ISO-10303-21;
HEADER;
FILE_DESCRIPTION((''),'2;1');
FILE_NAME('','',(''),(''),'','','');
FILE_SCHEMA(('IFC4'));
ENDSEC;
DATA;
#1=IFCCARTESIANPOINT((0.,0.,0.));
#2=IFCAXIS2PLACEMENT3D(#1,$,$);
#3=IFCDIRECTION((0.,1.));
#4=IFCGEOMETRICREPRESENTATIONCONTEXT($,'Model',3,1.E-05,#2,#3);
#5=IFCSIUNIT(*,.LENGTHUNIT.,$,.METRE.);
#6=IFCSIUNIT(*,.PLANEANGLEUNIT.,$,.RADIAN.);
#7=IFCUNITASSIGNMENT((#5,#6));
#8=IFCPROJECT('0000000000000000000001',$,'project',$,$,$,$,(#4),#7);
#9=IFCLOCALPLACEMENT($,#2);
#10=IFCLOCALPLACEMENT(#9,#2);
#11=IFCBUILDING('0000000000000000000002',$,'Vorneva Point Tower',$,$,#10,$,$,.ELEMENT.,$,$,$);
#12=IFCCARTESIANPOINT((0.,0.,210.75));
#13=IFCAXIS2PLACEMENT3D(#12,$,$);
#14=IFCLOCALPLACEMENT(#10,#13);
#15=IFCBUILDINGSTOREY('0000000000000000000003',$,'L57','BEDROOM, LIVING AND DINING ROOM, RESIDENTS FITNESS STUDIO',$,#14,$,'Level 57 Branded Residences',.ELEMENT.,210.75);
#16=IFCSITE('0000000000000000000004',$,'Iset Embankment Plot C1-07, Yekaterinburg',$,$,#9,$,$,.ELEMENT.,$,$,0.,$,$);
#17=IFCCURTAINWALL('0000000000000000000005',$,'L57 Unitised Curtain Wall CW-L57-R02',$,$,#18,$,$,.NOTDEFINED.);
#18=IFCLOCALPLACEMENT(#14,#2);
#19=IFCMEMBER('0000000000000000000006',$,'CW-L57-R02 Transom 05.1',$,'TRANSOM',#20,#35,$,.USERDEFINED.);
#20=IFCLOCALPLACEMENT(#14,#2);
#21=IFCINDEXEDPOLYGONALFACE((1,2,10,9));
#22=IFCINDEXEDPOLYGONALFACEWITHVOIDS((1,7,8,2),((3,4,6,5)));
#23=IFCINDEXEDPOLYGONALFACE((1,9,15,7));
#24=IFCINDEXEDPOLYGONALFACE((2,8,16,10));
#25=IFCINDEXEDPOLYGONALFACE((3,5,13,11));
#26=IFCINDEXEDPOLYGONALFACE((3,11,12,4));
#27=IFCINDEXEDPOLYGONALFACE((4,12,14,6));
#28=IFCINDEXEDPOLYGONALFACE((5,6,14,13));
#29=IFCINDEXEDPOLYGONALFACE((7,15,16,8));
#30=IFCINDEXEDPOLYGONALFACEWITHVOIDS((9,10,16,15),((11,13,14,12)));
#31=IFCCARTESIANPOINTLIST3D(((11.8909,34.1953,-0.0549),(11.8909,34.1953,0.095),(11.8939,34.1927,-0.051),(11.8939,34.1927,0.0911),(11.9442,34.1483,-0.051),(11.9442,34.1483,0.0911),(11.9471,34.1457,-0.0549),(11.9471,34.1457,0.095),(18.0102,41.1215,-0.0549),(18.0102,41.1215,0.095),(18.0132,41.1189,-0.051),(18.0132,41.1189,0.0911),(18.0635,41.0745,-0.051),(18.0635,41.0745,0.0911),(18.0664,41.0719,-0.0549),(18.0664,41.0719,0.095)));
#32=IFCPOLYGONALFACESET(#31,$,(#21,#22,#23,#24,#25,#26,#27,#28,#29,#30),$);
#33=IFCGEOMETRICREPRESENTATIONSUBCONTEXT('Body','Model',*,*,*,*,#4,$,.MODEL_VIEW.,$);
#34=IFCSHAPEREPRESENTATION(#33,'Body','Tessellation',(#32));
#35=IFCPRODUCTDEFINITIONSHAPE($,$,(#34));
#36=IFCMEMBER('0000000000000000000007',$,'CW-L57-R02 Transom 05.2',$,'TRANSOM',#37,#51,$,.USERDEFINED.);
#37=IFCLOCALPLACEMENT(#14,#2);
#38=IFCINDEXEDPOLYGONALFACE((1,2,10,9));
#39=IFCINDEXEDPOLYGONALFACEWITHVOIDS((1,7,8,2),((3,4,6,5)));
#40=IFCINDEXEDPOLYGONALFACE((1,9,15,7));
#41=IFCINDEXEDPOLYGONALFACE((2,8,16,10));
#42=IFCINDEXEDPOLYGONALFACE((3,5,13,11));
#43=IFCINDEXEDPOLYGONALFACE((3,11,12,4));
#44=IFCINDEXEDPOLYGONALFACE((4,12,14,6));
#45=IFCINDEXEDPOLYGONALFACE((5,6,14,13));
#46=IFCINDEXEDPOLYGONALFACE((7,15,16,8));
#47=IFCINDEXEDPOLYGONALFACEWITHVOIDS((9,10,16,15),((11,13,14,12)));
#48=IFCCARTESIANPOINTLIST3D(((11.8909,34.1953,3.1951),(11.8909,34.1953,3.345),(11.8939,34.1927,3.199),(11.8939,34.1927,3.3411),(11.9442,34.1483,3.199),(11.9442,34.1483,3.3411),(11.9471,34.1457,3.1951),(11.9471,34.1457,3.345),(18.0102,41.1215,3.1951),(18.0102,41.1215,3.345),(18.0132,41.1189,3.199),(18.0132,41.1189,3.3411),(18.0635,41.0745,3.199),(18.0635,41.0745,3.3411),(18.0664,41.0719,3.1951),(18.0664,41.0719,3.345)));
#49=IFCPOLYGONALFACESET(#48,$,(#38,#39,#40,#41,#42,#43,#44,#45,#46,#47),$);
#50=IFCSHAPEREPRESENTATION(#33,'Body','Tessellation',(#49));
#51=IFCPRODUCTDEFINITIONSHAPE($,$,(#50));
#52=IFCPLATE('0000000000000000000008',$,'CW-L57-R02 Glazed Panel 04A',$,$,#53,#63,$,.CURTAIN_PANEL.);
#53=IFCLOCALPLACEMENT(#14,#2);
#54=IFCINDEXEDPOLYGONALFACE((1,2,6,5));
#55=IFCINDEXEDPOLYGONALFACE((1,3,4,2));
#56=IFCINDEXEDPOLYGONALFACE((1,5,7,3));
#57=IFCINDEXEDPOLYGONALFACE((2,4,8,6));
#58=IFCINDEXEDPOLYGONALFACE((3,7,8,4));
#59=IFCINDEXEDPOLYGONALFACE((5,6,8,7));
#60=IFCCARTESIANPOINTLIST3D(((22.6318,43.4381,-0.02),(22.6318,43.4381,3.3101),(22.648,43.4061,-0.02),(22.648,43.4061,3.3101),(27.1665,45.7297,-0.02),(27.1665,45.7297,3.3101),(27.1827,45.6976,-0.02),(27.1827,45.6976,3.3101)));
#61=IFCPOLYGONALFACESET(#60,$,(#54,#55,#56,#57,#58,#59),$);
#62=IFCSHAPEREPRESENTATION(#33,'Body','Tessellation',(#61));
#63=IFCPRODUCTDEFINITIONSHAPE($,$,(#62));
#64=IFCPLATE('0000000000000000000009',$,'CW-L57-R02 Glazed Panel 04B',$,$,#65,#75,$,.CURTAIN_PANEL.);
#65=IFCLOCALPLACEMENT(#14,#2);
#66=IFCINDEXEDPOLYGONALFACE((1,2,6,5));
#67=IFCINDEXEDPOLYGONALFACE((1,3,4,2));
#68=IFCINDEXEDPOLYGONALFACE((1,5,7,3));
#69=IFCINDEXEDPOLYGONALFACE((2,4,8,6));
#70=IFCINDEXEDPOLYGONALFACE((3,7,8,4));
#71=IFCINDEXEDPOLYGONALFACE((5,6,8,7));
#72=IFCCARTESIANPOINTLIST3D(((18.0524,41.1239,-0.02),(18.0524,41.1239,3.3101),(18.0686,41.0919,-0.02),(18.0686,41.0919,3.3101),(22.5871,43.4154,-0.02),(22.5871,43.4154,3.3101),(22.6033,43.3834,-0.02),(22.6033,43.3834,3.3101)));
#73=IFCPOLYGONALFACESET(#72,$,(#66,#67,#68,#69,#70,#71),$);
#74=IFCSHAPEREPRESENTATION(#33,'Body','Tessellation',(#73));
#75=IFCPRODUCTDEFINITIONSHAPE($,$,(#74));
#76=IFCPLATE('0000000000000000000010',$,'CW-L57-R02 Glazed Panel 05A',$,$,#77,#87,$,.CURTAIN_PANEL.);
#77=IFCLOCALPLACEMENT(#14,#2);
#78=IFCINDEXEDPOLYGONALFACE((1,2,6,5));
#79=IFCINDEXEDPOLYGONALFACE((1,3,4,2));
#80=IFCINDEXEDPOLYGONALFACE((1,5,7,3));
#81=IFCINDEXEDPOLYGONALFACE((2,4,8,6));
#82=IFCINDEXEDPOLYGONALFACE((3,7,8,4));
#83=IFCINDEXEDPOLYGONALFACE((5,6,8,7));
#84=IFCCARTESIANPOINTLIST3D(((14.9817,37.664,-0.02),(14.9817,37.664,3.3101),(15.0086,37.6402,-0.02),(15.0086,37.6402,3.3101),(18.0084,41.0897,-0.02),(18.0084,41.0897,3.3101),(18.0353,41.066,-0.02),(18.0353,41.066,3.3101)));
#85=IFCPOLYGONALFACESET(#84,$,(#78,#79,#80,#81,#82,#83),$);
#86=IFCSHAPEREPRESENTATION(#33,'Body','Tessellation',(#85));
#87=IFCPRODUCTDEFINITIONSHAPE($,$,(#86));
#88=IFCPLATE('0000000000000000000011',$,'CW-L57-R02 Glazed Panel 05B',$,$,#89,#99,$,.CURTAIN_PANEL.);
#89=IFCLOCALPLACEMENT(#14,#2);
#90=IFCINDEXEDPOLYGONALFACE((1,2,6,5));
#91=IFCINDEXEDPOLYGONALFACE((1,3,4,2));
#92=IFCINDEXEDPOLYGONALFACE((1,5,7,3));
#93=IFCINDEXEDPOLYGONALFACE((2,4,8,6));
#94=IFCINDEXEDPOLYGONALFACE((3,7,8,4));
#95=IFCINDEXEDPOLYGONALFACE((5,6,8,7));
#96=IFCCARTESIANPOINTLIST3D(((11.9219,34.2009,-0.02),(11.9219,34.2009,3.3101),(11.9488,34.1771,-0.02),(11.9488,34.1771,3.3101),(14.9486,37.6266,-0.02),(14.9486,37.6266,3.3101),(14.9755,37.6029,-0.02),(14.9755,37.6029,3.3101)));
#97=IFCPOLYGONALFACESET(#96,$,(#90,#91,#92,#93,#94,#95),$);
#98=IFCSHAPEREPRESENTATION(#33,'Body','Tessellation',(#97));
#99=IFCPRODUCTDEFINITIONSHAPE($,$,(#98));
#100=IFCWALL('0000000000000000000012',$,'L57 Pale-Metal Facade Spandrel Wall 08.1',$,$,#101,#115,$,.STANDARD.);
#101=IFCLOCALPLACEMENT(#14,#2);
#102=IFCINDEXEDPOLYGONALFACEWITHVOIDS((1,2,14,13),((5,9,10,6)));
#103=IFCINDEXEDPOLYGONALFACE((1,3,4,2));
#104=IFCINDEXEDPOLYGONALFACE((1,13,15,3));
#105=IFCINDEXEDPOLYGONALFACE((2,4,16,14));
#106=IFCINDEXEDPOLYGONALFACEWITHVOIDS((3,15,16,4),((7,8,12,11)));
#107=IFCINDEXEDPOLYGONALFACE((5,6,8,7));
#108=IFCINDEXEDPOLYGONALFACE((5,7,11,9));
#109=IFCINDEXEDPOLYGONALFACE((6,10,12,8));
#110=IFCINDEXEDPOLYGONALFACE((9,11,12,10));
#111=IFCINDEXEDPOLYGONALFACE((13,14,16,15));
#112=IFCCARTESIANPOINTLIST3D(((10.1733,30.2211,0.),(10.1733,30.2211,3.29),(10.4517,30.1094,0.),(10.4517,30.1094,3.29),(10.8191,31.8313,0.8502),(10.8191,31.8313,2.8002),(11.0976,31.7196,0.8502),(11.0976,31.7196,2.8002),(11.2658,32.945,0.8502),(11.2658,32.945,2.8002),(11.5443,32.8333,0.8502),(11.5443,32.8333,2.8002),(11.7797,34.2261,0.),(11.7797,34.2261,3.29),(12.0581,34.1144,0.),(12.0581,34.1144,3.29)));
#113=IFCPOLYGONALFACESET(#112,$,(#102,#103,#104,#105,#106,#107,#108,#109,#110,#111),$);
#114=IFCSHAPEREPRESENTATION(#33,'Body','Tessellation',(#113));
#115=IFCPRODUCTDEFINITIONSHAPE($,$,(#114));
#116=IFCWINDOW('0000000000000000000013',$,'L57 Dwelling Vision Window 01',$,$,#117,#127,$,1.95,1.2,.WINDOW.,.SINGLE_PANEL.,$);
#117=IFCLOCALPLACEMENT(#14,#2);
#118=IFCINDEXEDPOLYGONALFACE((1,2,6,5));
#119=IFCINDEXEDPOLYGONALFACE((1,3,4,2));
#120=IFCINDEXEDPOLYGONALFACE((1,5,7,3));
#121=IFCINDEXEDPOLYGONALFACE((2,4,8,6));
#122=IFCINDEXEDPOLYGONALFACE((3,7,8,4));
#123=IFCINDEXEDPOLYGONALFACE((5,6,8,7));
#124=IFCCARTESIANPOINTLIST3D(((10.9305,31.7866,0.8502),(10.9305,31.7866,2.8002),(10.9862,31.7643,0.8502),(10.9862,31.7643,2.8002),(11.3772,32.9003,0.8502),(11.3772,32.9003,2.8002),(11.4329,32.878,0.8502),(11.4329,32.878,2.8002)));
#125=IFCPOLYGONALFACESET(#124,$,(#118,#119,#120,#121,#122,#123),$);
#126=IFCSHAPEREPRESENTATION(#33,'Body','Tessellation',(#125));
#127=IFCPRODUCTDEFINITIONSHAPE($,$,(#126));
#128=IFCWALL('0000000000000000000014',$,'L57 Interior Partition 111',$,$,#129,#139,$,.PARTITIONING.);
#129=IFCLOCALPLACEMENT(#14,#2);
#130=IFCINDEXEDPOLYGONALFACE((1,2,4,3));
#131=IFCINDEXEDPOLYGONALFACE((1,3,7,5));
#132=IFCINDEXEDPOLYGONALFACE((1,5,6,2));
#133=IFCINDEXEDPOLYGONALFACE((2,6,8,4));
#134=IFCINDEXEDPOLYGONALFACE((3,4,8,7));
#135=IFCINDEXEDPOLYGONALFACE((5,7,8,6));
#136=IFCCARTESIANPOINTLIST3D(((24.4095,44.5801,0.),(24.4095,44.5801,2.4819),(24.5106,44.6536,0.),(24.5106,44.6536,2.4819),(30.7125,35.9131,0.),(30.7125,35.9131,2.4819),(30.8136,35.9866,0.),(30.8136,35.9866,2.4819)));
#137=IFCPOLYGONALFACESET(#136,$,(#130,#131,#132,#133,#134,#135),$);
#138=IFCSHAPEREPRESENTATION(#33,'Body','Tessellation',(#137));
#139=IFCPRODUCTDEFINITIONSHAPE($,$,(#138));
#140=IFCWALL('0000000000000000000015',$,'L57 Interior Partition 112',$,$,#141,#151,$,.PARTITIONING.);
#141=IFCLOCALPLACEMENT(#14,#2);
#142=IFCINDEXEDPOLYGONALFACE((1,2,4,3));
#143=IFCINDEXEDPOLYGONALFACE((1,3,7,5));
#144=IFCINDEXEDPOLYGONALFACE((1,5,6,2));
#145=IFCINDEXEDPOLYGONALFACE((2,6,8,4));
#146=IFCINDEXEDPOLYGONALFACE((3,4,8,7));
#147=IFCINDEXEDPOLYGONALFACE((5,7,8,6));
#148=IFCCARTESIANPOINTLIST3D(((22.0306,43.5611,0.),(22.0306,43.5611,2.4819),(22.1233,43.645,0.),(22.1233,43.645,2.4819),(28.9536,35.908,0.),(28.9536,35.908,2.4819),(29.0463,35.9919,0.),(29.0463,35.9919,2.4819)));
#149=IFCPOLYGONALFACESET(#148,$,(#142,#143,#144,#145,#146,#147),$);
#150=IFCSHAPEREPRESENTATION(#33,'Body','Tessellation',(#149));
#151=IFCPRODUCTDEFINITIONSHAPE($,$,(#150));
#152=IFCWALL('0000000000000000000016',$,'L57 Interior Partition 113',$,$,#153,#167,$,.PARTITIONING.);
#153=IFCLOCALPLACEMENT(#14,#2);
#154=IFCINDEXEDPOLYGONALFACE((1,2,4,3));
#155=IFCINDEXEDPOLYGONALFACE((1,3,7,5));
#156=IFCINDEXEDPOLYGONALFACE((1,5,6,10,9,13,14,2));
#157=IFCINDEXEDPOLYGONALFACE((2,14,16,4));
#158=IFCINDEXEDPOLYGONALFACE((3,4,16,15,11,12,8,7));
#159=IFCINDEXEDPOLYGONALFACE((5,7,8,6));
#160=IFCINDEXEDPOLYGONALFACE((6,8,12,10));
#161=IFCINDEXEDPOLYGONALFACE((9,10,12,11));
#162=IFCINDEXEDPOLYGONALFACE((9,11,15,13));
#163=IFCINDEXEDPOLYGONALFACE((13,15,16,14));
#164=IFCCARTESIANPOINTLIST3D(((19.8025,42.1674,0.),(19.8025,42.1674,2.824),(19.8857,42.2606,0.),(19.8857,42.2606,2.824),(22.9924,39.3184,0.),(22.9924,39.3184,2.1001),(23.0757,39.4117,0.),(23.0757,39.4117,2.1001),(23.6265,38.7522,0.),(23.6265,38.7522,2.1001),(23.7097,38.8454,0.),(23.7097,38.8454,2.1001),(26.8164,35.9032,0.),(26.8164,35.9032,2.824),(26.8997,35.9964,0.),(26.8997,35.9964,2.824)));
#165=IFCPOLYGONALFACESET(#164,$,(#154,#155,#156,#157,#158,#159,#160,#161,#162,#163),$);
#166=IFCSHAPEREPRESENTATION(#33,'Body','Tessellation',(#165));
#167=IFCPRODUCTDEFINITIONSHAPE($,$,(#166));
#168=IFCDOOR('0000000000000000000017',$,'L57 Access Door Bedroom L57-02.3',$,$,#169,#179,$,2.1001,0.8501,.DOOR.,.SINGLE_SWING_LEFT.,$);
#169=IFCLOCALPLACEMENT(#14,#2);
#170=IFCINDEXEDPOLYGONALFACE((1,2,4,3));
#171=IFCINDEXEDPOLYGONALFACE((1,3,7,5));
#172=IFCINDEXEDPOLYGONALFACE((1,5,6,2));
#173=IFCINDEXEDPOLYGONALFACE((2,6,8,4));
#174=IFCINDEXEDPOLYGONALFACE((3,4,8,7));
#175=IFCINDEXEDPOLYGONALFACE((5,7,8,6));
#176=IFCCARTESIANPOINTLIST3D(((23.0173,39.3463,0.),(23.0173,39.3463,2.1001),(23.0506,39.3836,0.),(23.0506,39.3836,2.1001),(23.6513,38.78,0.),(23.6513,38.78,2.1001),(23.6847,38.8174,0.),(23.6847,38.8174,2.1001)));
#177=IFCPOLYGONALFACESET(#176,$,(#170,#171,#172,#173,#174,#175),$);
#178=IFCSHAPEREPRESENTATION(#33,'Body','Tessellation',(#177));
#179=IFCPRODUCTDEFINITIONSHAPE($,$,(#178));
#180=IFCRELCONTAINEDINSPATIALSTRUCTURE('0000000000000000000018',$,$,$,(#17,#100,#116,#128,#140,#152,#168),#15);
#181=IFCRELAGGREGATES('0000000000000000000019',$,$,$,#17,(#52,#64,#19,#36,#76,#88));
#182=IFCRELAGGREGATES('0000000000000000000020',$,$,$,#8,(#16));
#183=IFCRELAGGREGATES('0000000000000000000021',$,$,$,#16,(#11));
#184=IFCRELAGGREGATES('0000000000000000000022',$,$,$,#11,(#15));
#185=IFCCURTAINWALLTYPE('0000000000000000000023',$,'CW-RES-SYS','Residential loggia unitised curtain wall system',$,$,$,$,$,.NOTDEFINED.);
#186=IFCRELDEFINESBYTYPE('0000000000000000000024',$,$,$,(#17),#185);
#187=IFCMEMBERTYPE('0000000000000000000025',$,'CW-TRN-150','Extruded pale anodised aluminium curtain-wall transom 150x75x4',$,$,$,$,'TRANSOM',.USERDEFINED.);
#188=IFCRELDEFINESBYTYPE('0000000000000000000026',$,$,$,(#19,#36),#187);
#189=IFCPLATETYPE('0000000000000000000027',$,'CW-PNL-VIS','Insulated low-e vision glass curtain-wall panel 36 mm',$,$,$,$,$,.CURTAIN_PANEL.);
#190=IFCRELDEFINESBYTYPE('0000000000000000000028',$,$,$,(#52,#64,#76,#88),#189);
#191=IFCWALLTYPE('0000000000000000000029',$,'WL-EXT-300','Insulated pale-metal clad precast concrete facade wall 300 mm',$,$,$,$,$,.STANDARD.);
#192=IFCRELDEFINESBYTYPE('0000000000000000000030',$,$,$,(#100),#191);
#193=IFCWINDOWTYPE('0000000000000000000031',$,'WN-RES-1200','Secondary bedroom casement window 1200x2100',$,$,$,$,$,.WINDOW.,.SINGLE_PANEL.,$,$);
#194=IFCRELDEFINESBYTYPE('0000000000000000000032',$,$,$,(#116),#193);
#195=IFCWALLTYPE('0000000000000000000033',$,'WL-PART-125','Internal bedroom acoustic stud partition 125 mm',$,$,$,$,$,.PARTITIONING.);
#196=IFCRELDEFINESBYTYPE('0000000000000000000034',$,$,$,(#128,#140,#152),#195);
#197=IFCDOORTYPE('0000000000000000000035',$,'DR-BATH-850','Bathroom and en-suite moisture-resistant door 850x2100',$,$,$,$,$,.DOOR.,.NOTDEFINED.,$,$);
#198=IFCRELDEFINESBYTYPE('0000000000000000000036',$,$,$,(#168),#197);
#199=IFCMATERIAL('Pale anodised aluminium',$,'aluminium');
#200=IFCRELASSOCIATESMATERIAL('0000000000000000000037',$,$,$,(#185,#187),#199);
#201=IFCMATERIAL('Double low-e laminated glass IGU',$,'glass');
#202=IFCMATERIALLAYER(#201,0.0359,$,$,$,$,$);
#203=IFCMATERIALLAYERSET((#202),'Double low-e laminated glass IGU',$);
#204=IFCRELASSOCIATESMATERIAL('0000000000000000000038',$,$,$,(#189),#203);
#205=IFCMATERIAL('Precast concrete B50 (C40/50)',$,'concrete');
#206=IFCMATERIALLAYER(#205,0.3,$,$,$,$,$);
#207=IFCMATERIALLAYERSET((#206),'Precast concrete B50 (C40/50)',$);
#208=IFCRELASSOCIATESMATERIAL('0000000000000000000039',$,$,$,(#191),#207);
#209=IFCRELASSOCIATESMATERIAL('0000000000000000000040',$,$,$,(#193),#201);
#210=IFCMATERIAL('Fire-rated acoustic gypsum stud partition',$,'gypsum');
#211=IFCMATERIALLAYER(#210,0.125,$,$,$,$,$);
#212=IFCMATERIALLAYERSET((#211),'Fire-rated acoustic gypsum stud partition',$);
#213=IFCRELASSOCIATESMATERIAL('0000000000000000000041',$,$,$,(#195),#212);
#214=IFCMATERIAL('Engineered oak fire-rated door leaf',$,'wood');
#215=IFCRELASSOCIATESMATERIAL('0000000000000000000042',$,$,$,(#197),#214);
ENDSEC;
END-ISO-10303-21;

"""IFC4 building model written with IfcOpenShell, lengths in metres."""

from ifc_helpers import new_model, si_unit, direction, frame, frame_2d, origin, origin_2d, place, context, subcontext, project, spatial, rectangle, hollow_rectangle, extrude, material, layer, layer_set, material_profile, profile_set, type_object, element, fill, aggregate, save


model = new_model("IFC4")

# Units and contexts
model_context = context("Model", 3, precision=1e-05, world=origin(), true_north=direction((0.0, 1.0)))
body_context = subcontext(model_context, "Body", "Model", "MODEL_VIEW")
ifc_project = project(units=[si_unit("LENGTHUNIT", "METRE"), si_unit("PLANEANGLEUNIT", "RADIAN")], contexts=[model_context])

# Site, building, storey
site_placement = place(None, origin())
site = spatial("IfcSite", under=ifc_project, at=site_placement, Name="Iset Embankment Plot C1-07, Yekaterinburg", CompositionType="ELEMENT", RefElevation=0.0)
building_placement = place(site_placement, origin())
building = spatial("IfcBuilding", under=site, at=building_placement, Name="Vorneva Point Tower", CompositionType="ELEMENT")
storey_placement = place(building_placement, frame((0.0, 0.0, 210.75)))
storey = spatial("IfcBuildingStorey", under=building, at=storey_placement, Name="L57", Description="BEDROOM, LIVING AND DINING ROOM, RESIDENTS FITNESS STUDIO", LongName="Level 57 Branded Residences", CompositionType="ELEMENT", Elevation=210.75)

# Curtain wall, members, plates
ifc_material_1 = material(Name="Pale anodised aluminium", Category="aluminium")
curtain_wall_type = type_object("IfcCurtainWallType", Name="CW-RES-SYS", Description="Residential loggia unitised curtain wall system", PredefinedType="NOTDEFINED", material=ifc_material_1)
curtain_wall_placement = place(storey_placement, origin())
curtain_wall = element("IfcCurtainWall", 1, at=curtain_wall_placement, inside=storey, type_object=curtain_wall_type, Name="L57 Unitised Curtain Wall CW-L57-R02", PredefinedType="NOTDEFINED")
ifc_material_profile_1 = material_profile(ifc_material_1, hollow_rectangle(XDim=0.075, YDim=0.1499, WallThickness=0.0039, at=origin_2d()), Name="AL-TRN 150x75x4")
ifc_profile_set_1 = profile_set([ifc_material_profile_1], Name="Pale anodised aluminium")
member_type_1 = type_object("IfcMemberType", Name="CW-TRN-150", Description="Extruded pale anodised aluminium curtain-wall transom 150x75x4", ElementType="TRANSOM", PredefinedType="USERDEFINED", material=ifc_profile_set_1)
member_1_placement = place(storey_placement, frame((18.0383, 41.0967, 0.02), z_axis=(-0.662106, -0.74941, 0.0), x_axis=(0.74941, -0.662106, 0.0)))
member_1 = element("IfcMember", 2, at=member_1_placement, type_object=member_type_1, Name="CW-L57-R02 Transom 05.1", ObjectType="TRANSOM", PredefinedType="USERDEFINED", context=body_context, shape_type="SweptSolid", body=[
    extrude(hollow_rectangle(XDim=0.075, YDim=0.1499, WallThickness=0.0039, at=origin_2d()), origin(), (0.0, 0.0, 1.0), 9.2422),
])
member_2_placement = place(storey_placement, frame((18.0383, 41.0967, 3.27), z_axis=(-0.662106, -0.74941, 0.0), x_axis=(0.74941, -0.662106, 0.0)))
member_2 = element("IfcMember", 3, at=member_2_placement, type_object=member_type_1, Name="CW-L57-R02 Transom 05.2", ObjectType="TRANSOM", PredefinedType="USERDEFINED", context=body_context, shape_type="SweptSolid", body=[
    extrude(hollow_rectangle(XDim=0.075, YDim=0.1499, WallThickness=0.0039, at=origin_2d()), origin(), (0.0, 0.0, 1.0), 9.2422),
])
ifc_material_2 = material(Name="Double low-e laminated glass IGU", Category="glass")
ifc_layer_1 = layer(ifc_material_2, 0.0359)
ifc_layer_set_1 = layer_set([ifc_layer_1], Name="Double low-e laminated glass IGU")
plate_type = type_object("IfcPlateType", Name="CW-PNL-VIS", Description="Insulated low-e vision glass curtain-wall panel 36 mm", PredefinedType="CURTAIN_PANEL", material=ifc_layer_set_1)
plate_1_placement = place(storey_placement, frame((24.9072, 44.5679, -0.02), z_axis=(0.0, 0.0, 1.0), x_axis=(-0.892515, -0.451018, 0.0)))
plate_1 = element("IfcPlate", 4, at=plate_1_placement, type_object=plate_type, Name="CW-L57-R02 Glazed Panel 04A", PredefinedType="CURTAIN_PANEL", context=body_context, shape_type="SweptSolid", body=[
    extrude(rectangle(XDim=5.0808, YDim=0.0359, at=origin_2d()), origin(), (0.0, 0.0, 1.0), 3.3301),
])
plate_2_placement = place(storey_placement, frame((20.3279, 42.2537, -0.02), z_axis=(0.0, 0.0, 1.0), x_axis=(-0.892515, -0.451018, 0.0)))
plate_2 = element("IfcPlate", 5, at=plate_2_placement, type_object=plate_type, Name="CW-L57-R02 Glazed Panel 04B", PredefinedType="CURTAIN_PANEL", context=body_context, shape_type="SweptSolid", body=[
    extrude(rectangle(XDim=5.0808, YDim=0.0359, at=origin_2d()), origin(), (0.0, 0.0, 1.0), 3.3301),
])
plate_3_placement = place(storey_placement, frame((16.5085, 39.365, -0.02), z_axis=(0.0, 0.0, 1.0), x_axis=(-0.66211, -0.749407, 0.0)))
plate_3 = element("IfcPlate", 6, at=plate_3_placement, type_object=plate_type, Name="CW-L57-R02 Glazed Panel 05A", PredefinedType="CURTAIN_PANEL", context=body_context, shape_type="SweptSolid", body=[
    extrude(rectangle(XDim=4.5713, YDim=0.0359, at=origin_2d()), origin(), (0.0, 0.0, 1.0), 3.3301),
])
plate_4_placement = place(storey_placement, frame((13.4487, 35.9019, -0.02), z_axis=(0.0, 0.0, 1.0), x_axis=(-0.66211, -0.749407, 0.0)))
plate_4 = element("IfcPlate", 7, at=plate_4_placement, type_object=plate_type, Name="CW-L57-R02 Glazed Panel 05B", PredefinedType="CURTAIN_PANEL", context=body_context, shape_type="SweptSolid", body=[
    extrude(rectangle(XDim=4.5713, YDim=0.0359, at=origin_2d()), origin(), (0.0, 0.0, 1.0), 3.3301),
])
aggregate(curtain_wall, [plate_1, plate_2, member_1, member_2, plate_3, plate_4])

# Wall, opening, window
ifc_material_3 = material(Name="Precast concrete B50 (C40/50)", Category="concrete")
ifc_layer_2 = layer(ifc_material_3, 0.3)
ifc_layer_set_2 = layer_set([ifc_layer_2], Name="Precast concrete B50 (C40/50)")
wall_type_1 = type_object("IfcWallType", Name="WL-EXT-300", Description="Insulated pale-metal clad precast concrete facade wall 300 mm", PredefinedType="STANDARD", material=ifc_layer_set_2)
wall_1_placement = place(storey_placement, frame((11.9189, 34.1704, 0.0), z_axis=(0.0, 0.0, 1.0), x_axis=(-0.372268, -0.928125, 0.0)))
wall_1 = element("IfcWall", 8, at=wall_1_placement, inside=storey, type_object=wall_type_1, Name="L57 Pale-Metal Facade Spandrel Wall 08.1", PredefinedType="STANDARD", context=body_context, shape_type="SweptSolid", body=[
    extrude(rectangle(XDim=4.3152, YDim=0.3, at=frame_2d((2.1577, 0.0))), origin(), (0.0, 0.0, 1.0), 3.29),
])
opening_1_placement = place(wall_1_placement, frame((1.3804, 0.0, 0.8501)))
opening_1 = element("IfcOpeningElement", 9, at=opening_1_placement, cuts=wall_1, PredefinedType="OPENING", context=body_context, shape_type="SweptSolid", body=[
    extrude(rectangle(XDim=1.2, YDim=1.95, at=frame_2d((0.6001, 0.9751))), frame((0.0, 0.165, 0.0), z_axis=(0.0, -1.0, 0.0), x_axis=(1.0, 0.0, 0.0)), (0.0, 0.0, 1.0), 0.3298),
])
window_type = type_object("IfcWindowType", Name="WN-RES-1200", Description="Secondary bedroom casement window 1200x2100", PartitioningType="SINGLE_PANEL", PredefinedType="WINDOW", material=ifc_material_2)
window_placement = place(opening_1_placement, origin())
window = element("IfcWindow", 10, at=window_placement, inside=storey, type_object=window_type, Name="L57 Dwelling Vision Window 01", OverallHeight=1.95, OverallWidth=1.2, PartitioningType="SINGLE_PANEL", PredefinedType="WINDOW", context=body_context, shape_type="SweptSolid", body=[
    extrude(rectangle(XDim=1.2, YDim=1.95, at=frame_2d((0.6001, 0.9751))), frame((0.0, 0.03, 0.0), z_axis=(0.0, -1.0, 0.0), x_axis=(1.0, 0.0, 0.0)), (0.0, 0.0, 1.0), 0.0601),
])
fill(opening_1, window)

# Walls
ifc_material_4 = material(Name="Fire-rated acoustic gypsum stud partition", Category="gypsum")
ifc_layer_3 = layer(ifc_material_4, 0.125)
ifc_layer_set_3 = layer_set([ifc_layer_3], Name="Fire-rated acoustic gypsum stud partition")
wall_type_2 = type_object("IfcWallType", Name="WL-PART-125", Description="Internal bedroom acoustic stud partition 125 mm", PredefinedType="PARTITIONING", material=ifc_layer_set_3)
wall_2_placement = place(storey_placement, frame((24.46, 44.6169, 0.0), z_axis=(0.0, 0.0, 1.0), x_axis=(0.588154, -0.808749, 0.0)))
element("IfcWall", 11, at=wall_2_placement, inside=storey, type_object=wall_type_2, Name="L57 Interior Partition 111", PredefinedType="PARTITIONING", context=body_context, shape_type="SweptSolid", body=[
    extrude(rectangle(XDim=10.7166, YDim=0.125, at=frame_2d((5.3584, 0.0))), origin(), (0.0, 0.0, 1.0), 2.4819),
])
wall_3_placement = place(storey_placement, frame((22.0769, 43.603, 0.0), z_axis=(0.0, 0.0, 1.0), x_axis=(0.670854, -0.74159, 0.0)))
element("IfcWall", 12, at=wall_3_placement, inside=storey, type_object=wall_type_2, Name="L57 Interior Partition 112", PredefinedType="PARTITIONING", context=body_context, shape_type="SweptSolid", body=[
    extrude(rectangle(XDim=10.3198, YDim=0.125, at=frame_2d((5.1599, 0.0))), origin(), (0.0, 0.0, 1.0), 2.4819),
])

# Wall, opening, door
wall_4_placement = place(storey_placement, frame((19.844, 42.2141, 0.0), z_axis=(0.0, 0.0, 1.0), x_axis=(0.745846, -0.666118, 0.0)))
wall_4 = element("IfcWall", 13, at=wall_4_placement, inside=storey, type_object=wall_type_2, Name="L57 Interior Partition 113", PredefinedType="PARTITIONING", context=body_context, shape_type="SweptSolid", body=[
    extrude(rectangle(XDim=9.4041, YDim=0.125, at=frame_2d((4.7021, 0.0))), origin(), (0.0, 0.0, 1.0), 2.824),
])
opening_2_placement = place(wall_4_placement, frame((4.2771, 0.0, 0.0)))
opening_2 = element("IfcOpeningElement", 14, at=opening_2_placement, cuts=wall_4, PredefinedType="OPENING", context=body_context, shape_type="SweptSolid", body=[
    extrude(rectangle(XDim=0.8501, YDim=2.1001, at=frame_2d((0.425, 1.05))), frame((0.0, 0.0774, 0.0), z_axis=(0.0, -1.0, 0.0), x_axis=(1.0, 0.0, 0.0)), (0.0, 0.0, 1.0), 0.1548),
])
ifc_material_5 = material(Name="Engineered oak fire-rated door leaf", Category="wood")
door_type = type_object("IfcDoorType", Name="DR-BATH-850", Description="Bathroom and en-suite moisture-resistant door 850x2100", OperationType="NOTDEFINED", PredefinedType="DOOR", material=ifc_material_5)
door_1_placement = place(opening_2_placement, origin())
door_1 = element("IfcDoor", 15, at=door_1_placement, inside=storey, type_object=door_type, Name="L57 Access Door Bedroom L57-02.3", OperationType="SINGLE_SWING_LEFT", OverallHeight=2.1001, OverallWidth=0.8501, PredefinedType="DOOR", context=body_context, shape_type="SweptSolid", body=[
    extrude(rectangle(XDim=0.8501, YDim=2.1001, at=frame_2d((0.425, 1.05))), frame((0.0, 0.0249, 0.0), z_axis=(0.0, -1.0, 0.0), x_axis=(1.0, 0.0, 0.0)), (0.0, 0.0, 1.0), 0.05),
])
fill(opening_2, door_1)

save(model, "model.ifc")
